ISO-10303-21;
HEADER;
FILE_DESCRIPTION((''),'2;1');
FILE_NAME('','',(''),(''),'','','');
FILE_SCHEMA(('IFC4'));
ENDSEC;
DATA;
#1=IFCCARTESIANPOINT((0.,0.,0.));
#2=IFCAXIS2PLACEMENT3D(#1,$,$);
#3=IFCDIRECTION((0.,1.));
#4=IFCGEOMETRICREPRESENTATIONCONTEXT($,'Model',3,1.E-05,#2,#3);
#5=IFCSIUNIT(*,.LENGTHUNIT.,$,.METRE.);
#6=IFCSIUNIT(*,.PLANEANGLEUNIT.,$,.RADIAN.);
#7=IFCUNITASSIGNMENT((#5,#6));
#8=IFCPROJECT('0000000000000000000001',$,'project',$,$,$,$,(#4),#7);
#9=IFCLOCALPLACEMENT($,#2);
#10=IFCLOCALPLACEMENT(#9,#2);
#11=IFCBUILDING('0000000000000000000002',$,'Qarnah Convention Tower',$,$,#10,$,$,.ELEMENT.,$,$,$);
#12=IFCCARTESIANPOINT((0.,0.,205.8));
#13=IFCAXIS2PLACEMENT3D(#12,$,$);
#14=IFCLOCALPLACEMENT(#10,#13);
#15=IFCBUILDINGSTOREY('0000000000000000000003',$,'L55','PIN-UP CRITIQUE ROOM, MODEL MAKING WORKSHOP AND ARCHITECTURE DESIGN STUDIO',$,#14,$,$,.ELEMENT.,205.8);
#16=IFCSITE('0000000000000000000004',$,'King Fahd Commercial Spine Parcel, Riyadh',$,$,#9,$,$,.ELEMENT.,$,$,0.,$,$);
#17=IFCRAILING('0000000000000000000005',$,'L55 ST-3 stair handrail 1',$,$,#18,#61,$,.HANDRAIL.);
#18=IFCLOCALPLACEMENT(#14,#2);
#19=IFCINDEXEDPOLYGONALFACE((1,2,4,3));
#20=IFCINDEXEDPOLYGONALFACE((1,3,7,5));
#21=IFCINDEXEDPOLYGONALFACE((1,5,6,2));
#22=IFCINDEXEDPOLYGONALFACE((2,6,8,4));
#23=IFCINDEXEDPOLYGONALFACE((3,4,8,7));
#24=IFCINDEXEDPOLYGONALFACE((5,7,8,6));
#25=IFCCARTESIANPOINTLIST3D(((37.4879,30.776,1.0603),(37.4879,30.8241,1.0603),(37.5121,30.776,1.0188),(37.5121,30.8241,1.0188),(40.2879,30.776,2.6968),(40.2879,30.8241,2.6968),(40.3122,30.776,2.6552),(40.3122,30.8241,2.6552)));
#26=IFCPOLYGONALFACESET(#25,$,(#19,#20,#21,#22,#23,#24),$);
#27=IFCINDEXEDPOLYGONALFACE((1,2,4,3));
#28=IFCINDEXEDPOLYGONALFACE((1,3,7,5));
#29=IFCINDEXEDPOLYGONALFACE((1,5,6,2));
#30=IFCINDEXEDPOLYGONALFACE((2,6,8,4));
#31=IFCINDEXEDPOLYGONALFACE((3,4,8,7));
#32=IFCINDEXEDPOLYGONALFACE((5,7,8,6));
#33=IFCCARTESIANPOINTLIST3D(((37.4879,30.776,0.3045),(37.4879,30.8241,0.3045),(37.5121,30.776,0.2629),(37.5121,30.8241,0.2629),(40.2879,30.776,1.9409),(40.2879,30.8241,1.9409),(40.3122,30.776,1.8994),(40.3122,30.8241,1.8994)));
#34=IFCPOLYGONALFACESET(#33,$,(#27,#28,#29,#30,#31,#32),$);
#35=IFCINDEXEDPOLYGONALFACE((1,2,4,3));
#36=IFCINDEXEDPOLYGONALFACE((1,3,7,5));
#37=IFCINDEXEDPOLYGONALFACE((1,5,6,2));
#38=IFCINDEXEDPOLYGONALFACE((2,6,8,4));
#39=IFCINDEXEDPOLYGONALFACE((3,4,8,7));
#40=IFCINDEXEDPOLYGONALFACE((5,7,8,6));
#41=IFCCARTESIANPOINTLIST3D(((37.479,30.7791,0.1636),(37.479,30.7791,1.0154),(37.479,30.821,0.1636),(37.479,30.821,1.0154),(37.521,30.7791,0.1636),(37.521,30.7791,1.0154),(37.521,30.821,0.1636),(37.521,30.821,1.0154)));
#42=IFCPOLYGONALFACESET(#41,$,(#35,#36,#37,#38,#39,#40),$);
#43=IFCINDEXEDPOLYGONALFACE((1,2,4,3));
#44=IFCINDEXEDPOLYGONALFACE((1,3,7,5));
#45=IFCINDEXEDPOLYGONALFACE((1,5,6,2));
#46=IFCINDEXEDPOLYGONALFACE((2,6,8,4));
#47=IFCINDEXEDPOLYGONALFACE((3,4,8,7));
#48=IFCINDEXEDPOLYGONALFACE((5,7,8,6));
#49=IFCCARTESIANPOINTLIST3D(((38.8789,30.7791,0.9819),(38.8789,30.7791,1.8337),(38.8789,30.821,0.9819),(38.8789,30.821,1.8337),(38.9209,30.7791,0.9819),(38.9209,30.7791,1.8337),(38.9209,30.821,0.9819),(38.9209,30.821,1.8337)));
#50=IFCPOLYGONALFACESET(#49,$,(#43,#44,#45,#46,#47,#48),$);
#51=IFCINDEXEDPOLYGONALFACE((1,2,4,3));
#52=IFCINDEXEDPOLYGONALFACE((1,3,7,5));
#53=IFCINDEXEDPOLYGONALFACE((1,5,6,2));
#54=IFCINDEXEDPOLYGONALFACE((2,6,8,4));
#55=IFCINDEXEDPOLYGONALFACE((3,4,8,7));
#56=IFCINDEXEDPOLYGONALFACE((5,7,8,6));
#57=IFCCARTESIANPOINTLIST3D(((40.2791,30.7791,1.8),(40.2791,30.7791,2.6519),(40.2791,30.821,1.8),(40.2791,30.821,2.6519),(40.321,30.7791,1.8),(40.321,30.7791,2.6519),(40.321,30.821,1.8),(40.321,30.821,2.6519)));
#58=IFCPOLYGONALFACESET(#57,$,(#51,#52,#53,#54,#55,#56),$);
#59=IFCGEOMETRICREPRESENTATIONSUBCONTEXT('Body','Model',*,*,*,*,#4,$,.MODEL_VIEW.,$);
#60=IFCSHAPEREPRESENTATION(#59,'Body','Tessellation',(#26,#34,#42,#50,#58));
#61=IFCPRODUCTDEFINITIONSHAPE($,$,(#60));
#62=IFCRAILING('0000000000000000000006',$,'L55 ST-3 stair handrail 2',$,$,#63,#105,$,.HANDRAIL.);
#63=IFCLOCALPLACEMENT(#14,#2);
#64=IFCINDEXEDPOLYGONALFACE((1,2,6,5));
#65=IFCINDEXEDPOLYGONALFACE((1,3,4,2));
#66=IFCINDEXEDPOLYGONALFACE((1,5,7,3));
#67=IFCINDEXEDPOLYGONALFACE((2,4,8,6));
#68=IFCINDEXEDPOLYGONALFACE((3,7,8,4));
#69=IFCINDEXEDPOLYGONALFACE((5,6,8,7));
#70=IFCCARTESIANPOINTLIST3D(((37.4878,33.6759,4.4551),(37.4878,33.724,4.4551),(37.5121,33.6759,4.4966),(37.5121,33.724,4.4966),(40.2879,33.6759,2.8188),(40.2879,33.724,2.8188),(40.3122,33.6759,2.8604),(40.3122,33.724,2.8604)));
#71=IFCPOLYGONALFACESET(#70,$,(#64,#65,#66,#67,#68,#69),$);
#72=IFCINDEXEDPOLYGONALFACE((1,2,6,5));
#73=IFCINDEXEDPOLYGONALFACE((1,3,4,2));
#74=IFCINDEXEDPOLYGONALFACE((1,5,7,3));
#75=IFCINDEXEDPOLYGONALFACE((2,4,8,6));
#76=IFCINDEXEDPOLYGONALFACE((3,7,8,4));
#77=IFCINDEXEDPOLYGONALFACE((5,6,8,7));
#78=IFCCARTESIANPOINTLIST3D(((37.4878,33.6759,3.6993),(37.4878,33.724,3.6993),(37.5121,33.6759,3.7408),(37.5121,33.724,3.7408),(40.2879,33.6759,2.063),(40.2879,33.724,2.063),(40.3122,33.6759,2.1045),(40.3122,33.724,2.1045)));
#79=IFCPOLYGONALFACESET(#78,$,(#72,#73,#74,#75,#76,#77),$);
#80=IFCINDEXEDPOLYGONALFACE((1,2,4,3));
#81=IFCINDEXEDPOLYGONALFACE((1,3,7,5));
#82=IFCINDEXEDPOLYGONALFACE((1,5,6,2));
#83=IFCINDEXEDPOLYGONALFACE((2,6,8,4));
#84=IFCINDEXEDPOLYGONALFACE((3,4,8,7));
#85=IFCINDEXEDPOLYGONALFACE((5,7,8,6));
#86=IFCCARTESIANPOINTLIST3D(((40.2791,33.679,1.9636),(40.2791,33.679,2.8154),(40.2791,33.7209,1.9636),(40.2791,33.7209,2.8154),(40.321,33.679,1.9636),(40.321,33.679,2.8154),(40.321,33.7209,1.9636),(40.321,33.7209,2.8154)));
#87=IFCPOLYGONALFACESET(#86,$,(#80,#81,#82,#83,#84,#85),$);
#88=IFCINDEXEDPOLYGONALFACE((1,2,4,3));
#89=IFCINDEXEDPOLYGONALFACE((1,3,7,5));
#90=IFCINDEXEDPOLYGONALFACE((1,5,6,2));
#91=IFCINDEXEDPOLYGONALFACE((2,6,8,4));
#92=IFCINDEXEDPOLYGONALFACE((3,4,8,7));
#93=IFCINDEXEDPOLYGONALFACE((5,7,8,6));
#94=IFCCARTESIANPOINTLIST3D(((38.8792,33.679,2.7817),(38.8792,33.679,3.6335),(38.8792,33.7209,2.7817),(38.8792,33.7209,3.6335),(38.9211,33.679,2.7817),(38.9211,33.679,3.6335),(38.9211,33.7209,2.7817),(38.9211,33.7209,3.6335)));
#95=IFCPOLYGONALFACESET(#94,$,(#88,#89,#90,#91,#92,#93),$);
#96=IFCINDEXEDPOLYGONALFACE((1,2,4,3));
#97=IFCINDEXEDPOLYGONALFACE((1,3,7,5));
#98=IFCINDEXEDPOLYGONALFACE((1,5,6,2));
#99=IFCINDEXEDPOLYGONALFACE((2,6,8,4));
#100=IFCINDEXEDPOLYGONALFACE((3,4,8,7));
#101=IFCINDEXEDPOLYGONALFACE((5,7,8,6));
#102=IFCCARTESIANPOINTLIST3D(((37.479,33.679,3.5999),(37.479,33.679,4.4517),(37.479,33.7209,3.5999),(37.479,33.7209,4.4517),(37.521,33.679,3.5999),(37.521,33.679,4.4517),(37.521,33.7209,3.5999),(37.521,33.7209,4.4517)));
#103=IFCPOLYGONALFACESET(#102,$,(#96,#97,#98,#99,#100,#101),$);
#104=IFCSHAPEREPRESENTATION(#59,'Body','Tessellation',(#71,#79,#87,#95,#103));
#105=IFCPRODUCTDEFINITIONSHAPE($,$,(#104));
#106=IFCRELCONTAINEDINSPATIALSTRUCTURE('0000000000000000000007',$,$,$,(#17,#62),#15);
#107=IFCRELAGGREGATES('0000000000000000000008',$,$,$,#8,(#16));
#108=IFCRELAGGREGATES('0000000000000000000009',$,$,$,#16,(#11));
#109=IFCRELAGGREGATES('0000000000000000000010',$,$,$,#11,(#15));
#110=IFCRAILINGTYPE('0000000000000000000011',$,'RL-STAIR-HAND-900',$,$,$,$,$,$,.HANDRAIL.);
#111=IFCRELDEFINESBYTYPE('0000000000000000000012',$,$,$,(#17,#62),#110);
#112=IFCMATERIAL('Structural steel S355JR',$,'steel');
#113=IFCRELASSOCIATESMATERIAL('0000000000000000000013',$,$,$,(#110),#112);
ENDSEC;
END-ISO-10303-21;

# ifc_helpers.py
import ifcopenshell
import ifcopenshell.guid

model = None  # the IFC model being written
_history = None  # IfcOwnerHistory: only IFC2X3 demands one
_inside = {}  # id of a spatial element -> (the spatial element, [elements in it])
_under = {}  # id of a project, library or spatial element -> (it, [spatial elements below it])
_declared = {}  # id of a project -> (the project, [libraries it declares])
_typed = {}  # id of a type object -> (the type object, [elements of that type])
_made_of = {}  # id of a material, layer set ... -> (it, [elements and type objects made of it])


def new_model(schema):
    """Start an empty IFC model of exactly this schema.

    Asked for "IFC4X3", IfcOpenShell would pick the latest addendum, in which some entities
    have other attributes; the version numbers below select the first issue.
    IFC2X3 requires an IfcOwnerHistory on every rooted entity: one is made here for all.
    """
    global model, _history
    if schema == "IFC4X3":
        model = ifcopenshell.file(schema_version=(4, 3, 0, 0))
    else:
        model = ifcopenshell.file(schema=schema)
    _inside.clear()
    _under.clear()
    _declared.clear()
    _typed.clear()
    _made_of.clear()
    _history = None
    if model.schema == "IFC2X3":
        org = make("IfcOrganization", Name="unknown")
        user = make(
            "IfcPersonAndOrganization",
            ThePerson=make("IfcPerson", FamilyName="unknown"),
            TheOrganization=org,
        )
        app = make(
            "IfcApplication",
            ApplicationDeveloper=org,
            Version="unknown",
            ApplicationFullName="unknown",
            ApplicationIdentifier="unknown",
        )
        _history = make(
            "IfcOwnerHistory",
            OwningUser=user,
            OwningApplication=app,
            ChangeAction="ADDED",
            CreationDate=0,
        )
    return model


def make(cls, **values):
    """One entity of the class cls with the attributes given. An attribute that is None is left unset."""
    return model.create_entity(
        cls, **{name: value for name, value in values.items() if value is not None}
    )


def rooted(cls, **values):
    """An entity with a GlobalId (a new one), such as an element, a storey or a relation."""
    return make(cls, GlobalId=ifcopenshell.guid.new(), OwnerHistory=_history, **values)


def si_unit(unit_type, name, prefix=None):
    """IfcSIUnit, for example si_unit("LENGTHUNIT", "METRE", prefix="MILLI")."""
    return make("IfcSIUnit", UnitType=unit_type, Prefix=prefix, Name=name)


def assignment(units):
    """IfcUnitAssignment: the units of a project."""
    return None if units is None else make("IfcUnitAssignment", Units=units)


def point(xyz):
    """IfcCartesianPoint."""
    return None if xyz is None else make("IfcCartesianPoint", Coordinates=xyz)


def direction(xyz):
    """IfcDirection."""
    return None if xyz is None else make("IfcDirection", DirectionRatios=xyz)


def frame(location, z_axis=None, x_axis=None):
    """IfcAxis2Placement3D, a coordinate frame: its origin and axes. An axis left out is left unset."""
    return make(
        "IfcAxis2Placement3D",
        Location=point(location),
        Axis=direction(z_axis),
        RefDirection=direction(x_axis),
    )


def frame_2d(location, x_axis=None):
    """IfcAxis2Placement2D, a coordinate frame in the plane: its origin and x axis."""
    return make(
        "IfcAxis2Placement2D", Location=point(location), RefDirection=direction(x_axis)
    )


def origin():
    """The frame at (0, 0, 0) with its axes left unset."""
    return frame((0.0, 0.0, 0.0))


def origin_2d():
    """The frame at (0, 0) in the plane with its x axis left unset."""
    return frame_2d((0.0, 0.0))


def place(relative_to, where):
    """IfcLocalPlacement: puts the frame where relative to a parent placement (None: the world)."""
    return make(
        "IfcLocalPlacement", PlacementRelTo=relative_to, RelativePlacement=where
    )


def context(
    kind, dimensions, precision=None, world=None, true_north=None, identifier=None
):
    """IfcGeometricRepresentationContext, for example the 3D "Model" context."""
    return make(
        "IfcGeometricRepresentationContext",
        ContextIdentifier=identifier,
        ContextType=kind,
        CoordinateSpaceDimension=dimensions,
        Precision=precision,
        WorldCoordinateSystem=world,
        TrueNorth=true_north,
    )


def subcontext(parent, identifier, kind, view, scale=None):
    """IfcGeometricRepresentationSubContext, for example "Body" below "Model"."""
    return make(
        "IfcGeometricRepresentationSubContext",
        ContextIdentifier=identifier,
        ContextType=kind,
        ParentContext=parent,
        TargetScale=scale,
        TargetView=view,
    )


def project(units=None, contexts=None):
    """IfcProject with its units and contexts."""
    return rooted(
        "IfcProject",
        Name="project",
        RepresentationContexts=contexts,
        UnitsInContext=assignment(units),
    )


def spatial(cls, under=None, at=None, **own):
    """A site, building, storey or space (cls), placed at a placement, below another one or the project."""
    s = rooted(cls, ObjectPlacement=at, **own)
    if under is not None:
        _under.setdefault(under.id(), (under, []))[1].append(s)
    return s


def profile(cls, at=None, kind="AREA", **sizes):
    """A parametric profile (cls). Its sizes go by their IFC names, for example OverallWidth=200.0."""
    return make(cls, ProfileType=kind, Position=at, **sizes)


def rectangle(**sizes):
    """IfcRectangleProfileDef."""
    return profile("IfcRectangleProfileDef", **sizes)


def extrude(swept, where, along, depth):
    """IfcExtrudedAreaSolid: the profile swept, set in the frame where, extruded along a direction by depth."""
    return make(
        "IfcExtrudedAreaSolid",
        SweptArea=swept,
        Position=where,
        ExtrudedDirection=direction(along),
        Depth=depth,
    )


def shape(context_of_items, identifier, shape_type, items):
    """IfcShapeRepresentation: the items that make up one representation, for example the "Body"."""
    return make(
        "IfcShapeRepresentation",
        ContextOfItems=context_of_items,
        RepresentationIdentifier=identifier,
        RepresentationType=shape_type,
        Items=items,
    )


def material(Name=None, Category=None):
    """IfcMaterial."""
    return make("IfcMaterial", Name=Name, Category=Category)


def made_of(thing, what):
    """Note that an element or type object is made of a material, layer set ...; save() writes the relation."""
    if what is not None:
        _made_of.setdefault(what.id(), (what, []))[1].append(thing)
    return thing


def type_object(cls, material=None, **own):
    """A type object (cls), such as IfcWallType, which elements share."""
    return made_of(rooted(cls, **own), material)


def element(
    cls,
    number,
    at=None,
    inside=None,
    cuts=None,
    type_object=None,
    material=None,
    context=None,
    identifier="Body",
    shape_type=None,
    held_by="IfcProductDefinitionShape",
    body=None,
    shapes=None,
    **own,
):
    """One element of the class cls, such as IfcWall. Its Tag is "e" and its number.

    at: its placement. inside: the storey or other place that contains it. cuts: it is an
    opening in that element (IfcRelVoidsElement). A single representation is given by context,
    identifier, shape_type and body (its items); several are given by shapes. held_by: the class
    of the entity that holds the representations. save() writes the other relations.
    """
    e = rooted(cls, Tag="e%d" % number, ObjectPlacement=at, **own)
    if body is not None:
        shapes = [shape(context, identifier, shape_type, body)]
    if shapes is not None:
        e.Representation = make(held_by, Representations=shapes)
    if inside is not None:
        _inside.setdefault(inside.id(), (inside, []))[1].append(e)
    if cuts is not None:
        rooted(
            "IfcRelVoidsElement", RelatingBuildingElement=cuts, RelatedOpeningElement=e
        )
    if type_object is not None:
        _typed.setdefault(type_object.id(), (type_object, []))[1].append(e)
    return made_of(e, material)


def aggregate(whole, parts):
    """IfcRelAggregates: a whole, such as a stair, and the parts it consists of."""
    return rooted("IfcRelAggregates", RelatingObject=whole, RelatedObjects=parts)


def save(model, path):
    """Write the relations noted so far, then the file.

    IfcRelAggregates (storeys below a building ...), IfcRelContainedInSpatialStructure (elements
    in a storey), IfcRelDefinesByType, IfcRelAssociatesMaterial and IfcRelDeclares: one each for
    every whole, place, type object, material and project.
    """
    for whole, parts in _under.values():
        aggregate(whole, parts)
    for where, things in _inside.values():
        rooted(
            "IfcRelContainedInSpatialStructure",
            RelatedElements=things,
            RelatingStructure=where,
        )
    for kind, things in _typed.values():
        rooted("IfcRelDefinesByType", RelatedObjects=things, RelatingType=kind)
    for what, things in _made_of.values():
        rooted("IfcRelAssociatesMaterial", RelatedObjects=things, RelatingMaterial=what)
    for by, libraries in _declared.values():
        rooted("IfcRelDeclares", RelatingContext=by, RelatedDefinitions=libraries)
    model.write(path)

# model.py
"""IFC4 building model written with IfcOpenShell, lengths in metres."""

from ifc_helpers import new_model, si_unit, direction, frame, origin, origin_2d, place, context, subcontext, project, spatial, rectangle, extrude, material, type_object, element, save


model = new_model("IFC4")

# Units and contexts
model_context = context("Model", 3, precision=1e-05, world=origin(), true_north=direction((0.0, 1.0)))
body_context = subcontext(model_context, "Body", "Model", "MODEL_VIEW")
ifc_project = project(units=[si_unit("LENGTHUNIT", "METRE"), si_unit("PLANEANGLEUNIT", "RADIAN")], contexts=[model_context])

# Site, building, storey
site_placement = place(None, origin())
site = spatial("IfcSite", under=ifc_project, at=site_placement, Name="King Fahd Commercial Spine Parcel, Riyadh", CompositionType="ELEMENT", RefElevation=0.0)
building_placement = place(site_placement, origin())
building = spatial("IfcBuilding", under=site, at=building_placement, Name="Qarnah Convention Tower", CompositionType="ELEMENT")
storey_placement = place(building_placement, frame((0.0, 0.0, 205.8)))
storey = spatial("IfcBuildingStorey", under=building, at=storey_placement, Name="L55", Description="PIN-UP CRITIQUE ROOM, MODEL MAKING WORKSHOP AND ARCHITECTURE DESIGN STUDIO", CompositionType="ELEMENT", Elevation=205.8)

# Shared definitions
ifc_material_1 = material(Name="Structural steel S355JR", Category="steel")

# Railings
railing_type_1 = type_object("IfcRailingType", Name="RL-STAIR-HAND-900", PredefinedType="HANDRAIL", material=ifc_material_1)
railing_1_placement = place(storey_placement, frame((37.5, 30.8, 0.1636)))
element("IfcRailing", 1, at=railing_1_placement, inside=storey, type_object=railing_type_1, Name="L55 ST-3 stair handrail 1", PredefinedType="HANDRAIL", context=body_context, shape_type="SweptSolid", body=[
    extrude(rectangle(XDim=0.0481, YDim=0.0481, at=origin_2d()), frame((0.0, 0.0, 0.876), z_axis=(0.863361, 0.0, 0.504587), x_axis=(0.0, 1.0, 0.0)), (0.0, 0.0, 1.0), 3.2432),
    extrude(rectangle(XDim=0.0481, YDim=0.0481, at=origin_2d()), frame((0.0, 0.0, 0.1201), z_axis=(0.863361, 0.0, 0.504587), x_axis=(0.0, 1.0, 0.0)), (0.0, 0.0, 1.0), 3.2432),
    extrude(rectangle(XDim=0.042, YDim=0.042, at=origin_2d()), origin(), (0.0, 0.0, 1.0), 0.8518),
    extrude(rectangle(XDim=0.042, YDim=0.042, at=origin_2d()), frame((1.3999, 0.0, 0.8184)), (0.0, 0.0, 1.0), 0.8518),
    extrude(rectangle(XDim=0.042, YDim=0.042, at=origin_2d()), frame((2.8, 0.0, 1.6365)), (0.0, 0.0, 1.0), 0.8518),
])
railing_2_placement = place(storey_placement, frame((40.3, 33.7, 1.9636)))
element("IfcRailing", 2, at=railing_2_placement, inside=storey, type_object=railing_type_1, Name="L55 ST-3 stair handrail 2", PredefinedType="HANDRAIL", context=body_context, shape_type="SweptSolid", body=[
    extrude(rectangle(XDim=0.0481, YDim=0.0481, at=origin_2d()), frame((0.0, 0.0, 0.876), z_axis=(-0.863394, 0.0, 0.504531), x_axis=(0.0, -1.0, 0.0)), (0.0, 0.0, 1.0), 3.2432),
    extrude(rectangle(XDim=0.0481, YDim=0.0481, at=origin_2d()), frame((0.0, 0.0, 0.1201), z_axis=(-0.863394, 0.0, 0.504531), x_axis=(0.0, -1.0, 0.0)), (0.0, 0.0, 1.0), 3.2432),
    extrude(rectangle(XDim=0.042, YDim=0.042, at=origin_2d()), origin(), (0.0, 0.0, 1.0), 0.8518),
    extrude(rectangle(XDim=0.042, YDim=0.042, at=origin_2d()), frame((-1.3999, 0.0, 0.8181)), (0.0, 0.0, 1.0), 0.8518),
    extrude(rectangle(XDim=0.042, YDim=0.042, at=origin_2d()), frame((-2.8, 0.0, 1.6362)), (0.0, 0.0, 1.0), 0.8518),
])

save(model, "model.ifc")
